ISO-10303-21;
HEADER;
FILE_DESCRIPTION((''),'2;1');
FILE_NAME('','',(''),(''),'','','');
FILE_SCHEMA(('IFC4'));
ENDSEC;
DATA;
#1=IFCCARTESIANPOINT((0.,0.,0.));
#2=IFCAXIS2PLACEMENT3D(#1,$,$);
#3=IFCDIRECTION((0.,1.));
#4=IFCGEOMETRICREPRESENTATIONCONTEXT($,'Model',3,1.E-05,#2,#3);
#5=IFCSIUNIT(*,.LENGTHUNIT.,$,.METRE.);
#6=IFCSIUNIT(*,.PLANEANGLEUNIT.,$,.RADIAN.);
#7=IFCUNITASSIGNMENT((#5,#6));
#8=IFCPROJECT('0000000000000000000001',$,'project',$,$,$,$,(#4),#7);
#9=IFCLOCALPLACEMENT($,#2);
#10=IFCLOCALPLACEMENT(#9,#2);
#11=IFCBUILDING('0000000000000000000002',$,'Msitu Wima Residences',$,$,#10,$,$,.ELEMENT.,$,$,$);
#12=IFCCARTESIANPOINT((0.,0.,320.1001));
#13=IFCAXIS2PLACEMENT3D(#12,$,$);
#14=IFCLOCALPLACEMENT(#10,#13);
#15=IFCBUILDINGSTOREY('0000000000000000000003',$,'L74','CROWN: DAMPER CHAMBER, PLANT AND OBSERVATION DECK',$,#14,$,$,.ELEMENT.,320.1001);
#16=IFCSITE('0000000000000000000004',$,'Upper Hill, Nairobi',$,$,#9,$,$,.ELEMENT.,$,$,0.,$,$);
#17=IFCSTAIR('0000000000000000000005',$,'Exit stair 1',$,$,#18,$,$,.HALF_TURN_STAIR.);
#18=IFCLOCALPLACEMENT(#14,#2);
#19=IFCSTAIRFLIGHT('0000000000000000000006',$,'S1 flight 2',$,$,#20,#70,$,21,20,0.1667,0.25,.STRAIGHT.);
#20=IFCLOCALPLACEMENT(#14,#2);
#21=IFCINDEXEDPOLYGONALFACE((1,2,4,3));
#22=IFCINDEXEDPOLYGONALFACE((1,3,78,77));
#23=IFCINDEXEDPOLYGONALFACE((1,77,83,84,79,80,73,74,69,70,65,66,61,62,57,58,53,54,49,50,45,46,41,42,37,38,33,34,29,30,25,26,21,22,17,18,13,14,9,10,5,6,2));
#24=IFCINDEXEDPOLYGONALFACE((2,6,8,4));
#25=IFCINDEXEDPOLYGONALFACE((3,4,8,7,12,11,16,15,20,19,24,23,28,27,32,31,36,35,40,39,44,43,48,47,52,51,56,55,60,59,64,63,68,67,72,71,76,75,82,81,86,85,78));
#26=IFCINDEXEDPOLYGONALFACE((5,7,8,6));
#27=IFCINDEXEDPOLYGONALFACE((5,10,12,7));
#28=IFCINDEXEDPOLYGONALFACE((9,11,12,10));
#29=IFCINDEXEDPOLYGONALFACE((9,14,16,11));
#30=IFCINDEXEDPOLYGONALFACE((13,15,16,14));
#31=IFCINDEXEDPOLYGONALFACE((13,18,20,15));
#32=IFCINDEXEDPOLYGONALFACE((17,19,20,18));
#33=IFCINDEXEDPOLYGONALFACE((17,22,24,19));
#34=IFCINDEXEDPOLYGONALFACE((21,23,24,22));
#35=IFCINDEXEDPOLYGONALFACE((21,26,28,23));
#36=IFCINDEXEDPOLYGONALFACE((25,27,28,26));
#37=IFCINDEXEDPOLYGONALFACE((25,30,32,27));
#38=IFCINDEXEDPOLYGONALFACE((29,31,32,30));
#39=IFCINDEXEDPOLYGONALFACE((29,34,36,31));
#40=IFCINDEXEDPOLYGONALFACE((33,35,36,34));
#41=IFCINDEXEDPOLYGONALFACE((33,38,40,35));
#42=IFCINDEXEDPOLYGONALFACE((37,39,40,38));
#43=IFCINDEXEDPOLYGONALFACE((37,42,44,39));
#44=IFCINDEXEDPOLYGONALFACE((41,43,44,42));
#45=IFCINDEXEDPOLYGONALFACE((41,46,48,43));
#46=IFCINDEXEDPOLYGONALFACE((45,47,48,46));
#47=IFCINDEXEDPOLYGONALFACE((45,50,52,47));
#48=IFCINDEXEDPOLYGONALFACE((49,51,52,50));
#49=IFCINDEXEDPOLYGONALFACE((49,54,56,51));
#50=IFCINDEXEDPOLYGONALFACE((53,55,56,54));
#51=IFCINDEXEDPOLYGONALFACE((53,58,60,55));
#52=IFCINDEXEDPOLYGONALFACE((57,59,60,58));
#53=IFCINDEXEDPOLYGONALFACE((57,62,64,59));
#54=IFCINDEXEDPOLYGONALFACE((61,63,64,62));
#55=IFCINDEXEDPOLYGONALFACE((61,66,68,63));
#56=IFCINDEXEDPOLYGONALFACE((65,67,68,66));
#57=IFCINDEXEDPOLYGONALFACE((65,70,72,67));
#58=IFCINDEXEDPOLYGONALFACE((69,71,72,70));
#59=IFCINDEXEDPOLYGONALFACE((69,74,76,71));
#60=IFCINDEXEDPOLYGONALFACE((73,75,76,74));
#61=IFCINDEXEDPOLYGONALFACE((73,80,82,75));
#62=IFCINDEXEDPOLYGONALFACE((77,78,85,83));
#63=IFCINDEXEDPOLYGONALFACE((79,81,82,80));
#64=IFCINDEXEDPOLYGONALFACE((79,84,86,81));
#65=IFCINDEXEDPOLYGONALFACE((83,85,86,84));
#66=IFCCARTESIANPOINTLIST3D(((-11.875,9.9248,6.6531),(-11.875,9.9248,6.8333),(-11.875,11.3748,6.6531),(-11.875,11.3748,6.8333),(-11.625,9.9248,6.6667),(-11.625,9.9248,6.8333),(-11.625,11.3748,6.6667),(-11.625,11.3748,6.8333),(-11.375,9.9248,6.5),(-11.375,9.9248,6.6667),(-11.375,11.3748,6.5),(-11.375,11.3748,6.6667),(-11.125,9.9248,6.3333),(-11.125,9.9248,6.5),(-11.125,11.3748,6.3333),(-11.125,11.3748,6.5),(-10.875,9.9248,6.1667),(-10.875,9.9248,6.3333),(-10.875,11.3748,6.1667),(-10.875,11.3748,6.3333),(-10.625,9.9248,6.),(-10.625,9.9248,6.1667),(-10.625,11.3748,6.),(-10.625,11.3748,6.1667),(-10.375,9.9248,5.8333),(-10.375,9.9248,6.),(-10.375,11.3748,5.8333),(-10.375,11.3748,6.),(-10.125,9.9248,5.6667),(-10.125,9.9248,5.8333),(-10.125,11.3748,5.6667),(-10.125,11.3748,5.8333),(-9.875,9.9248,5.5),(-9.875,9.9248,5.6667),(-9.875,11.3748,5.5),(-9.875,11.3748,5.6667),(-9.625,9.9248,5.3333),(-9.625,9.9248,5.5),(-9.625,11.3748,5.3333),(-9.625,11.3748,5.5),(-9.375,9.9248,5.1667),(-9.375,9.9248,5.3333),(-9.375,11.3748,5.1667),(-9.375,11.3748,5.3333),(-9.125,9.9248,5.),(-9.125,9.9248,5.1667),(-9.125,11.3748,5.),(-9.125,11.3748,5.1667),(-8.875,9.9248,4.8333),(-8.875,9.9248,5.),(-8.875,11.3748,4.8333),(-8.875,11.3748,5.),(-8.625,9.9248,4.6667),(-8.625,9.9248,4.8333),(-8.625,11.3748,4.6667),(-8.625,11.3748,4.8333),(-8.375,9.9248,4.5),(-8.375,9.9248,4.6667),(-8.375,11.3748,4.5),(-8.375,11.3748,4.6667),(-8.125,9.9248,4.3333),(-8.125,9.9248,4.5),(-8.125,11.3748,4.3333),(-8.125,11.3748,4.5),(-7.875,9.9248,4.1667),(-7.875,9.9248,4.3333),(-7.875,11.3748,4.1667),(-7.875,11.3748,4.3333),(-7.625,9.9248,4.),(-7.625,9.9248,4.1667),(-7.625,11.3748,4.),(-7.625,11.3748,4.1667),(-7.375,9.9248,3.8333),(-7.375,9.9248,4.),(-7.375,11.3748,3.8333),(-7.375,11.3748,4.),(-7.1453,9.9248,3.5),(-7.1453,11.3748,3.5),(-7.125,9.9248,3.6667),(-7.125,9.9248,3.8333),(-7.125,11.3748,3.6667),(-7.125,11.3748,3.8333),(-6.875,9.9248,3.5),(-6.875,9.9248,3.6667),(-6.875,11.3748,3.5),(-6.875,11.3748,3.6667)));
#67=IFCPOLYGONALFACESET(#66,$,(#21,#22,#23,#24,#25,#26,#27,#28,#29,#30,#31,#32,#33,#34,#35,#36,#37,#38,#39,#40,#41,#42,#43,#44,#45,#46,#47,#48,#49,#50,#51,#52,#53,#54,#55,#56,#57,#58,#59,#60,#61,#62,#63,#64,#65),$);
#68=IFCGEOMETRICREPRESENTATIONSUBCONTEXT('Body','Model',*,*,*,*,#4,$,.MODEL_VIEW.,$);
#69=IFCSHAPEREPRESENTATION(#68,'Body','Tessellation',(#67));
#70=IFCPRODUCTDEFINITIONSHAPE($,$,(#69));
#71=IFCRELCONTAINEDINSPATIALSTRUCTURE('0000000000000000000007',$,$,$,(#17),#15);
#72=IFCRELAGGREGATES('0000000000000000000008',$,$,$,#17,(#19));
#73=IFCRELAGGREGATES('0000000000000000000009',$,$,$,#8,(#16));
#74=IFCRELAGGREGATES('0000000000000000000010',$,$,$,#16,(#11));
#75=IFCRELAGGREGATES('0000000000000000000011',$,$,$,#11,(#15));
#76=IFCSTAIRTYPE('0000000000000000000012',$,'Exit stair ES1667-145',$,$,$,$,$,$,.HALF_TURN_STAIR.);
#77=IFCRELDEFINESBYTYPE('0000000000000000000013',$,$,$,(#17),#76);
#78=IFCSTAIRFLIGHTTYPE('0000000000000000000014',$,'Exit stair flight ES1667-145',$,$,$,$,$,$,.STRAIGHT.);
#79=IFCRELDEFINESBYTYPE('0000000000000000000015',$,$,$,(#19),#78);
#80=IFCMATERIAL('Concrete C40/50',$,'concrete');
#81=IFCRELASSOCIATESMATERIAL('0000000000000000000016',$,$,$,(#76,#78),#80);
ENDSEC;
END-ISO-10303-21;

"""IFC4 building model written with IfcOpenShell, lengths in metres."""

from ifc_helpers import new_model, si_unit, direction, frame, origin, place, context, subcontext, project, spatial, polyline, outline, extrude, material, type_object, element, aggregate, save


model = new_model("IFC4")

# Units and contexts
model_context = context("Model", 3, precision=1e-05, world=origin(), true_north=direction((0.0, 1.0)))
body_context = subcontext(model_context, "Body", "Model", "MODEL_VIEW")
ifc_project = project(units=[si_unit("LENGTHUNIT", "METRE"), si_unit("PLANEANGLEUNIT", "RADIAN")], contexts=[model_context])

# Site, building, storey
site_placement = place(None, origin())
site = spatial("IfcSite", under=ifc_project, at=site_placement, Name="Upper Hill, Nairobi", CompositionType="ELEMENT", RefElevation=0.0)
building_placement = place(site_placement, origin())
building = spatial("IfcBuilding", under=site, at=building_placement, Name="Msitu Wima Residences", CompositionType="ELEMENT")
storey_placement = place(building_placement, frame((0.0, 0.0, 320.1001)))
storey = spatial("IfcBuildingStorey", under=building, at=storey_placement, Name="L74", Description="CROWN: DAMPER CHAMBER, PLANT AND OBSERVATION DECK", CompositionType="ELEMENT", Elevation=320.1001)

# Shared definitions
ifc_material_1 = material(Name="Concrete C40/50", Category="concrete")

# Stair, stair flight
stair_type = type_object("IfcStairType", Name="Exit stair ES1667-145", PredefinedType="HALF_TURN_STAIR", material=ifc_material_1)
stair_placement = place(storey_placement, origin())
stair = element("IfcStair", 1, at=stair_placement, inside=storey, type_object=stair_type, Name="Exit stair 1", PredefinedType="HALF_TURN_STAIR")
stair_flight_type = type_object("IfcStairFlightType", Name="Exit stair flight ES1667-145", PredefinedType="STRAIGHT", material=ifc_material_1)
stair_flight_placement = place(storey_placement, frame((-6.875, 10.6499, 3.5), z_axis=(0.0, 0.0, 1.0), x_axis=(-1.0, 0.0, 0.0)))
stair_flight = element("IfcStairFlight", 2, at=stair_flight_placement, type_object=stair_flight_type, Name="S1 flight 2", NumberOfRisers=21, NumberOfTreads=20, PredefinedType="STRAIGHT", RiserHeight=0.1667, TreadLength=0.25, context=body_context, shape_type="SweptSolid", body=[
    extrude(outline(polyline([(0.0, 0.0), (0.0, 0.1667), (0.25, 0.1667), (0.25, 0.3333), (0.5, 0.3333), (0.5, 0.5), (0.75, 0.5), (0.75, 0.6667), (1.0, 0.6667), (1.0, 0.8333), (1.25, 0.8333), (1.25, 1.0), (1.5, 1.0), (1.5, 1.1667), (1.75, 1.1667), (1.75, 1.3333), (2.0, 1.3333), (2.0, 1.5), (2.25, 1.5), (2.25, 1.6667), (2.5, 1.6667), (2.5, 1.8333), (2.75, 1.8333), (2.75, 2.0), (3.0, 2.0), (3.0, 2.1667), (3.25, 2.1667), (3.25, 2.3333), (3.5, 2.3333), (3.5, 2.5), (3.75, 2.5), (3.75, 2.6667), (4.0, 2.6667), (4.0, 2.8333), (4.25, 2.8333), (4.25, 3.0), (4.5, 3.0), (4.5, 3.1667), (4.75, 3.1667), (4.75, 3.3333), (5.0, 3.3333), (5.0, 3.5), (5.0, 3.1531), (0.2703, 0.0), (0.0, 0.0)])), frame((0.0, 0.7251, 0.0), z_axis=(0.0, -1.0, 0.0), x_axis=(1.0, 0.0, 0.0)), (0.0, 0.0, 1.0), 1.45),
])
aggregate(stair, [stair_flight])

save(model, "model.ifc")
